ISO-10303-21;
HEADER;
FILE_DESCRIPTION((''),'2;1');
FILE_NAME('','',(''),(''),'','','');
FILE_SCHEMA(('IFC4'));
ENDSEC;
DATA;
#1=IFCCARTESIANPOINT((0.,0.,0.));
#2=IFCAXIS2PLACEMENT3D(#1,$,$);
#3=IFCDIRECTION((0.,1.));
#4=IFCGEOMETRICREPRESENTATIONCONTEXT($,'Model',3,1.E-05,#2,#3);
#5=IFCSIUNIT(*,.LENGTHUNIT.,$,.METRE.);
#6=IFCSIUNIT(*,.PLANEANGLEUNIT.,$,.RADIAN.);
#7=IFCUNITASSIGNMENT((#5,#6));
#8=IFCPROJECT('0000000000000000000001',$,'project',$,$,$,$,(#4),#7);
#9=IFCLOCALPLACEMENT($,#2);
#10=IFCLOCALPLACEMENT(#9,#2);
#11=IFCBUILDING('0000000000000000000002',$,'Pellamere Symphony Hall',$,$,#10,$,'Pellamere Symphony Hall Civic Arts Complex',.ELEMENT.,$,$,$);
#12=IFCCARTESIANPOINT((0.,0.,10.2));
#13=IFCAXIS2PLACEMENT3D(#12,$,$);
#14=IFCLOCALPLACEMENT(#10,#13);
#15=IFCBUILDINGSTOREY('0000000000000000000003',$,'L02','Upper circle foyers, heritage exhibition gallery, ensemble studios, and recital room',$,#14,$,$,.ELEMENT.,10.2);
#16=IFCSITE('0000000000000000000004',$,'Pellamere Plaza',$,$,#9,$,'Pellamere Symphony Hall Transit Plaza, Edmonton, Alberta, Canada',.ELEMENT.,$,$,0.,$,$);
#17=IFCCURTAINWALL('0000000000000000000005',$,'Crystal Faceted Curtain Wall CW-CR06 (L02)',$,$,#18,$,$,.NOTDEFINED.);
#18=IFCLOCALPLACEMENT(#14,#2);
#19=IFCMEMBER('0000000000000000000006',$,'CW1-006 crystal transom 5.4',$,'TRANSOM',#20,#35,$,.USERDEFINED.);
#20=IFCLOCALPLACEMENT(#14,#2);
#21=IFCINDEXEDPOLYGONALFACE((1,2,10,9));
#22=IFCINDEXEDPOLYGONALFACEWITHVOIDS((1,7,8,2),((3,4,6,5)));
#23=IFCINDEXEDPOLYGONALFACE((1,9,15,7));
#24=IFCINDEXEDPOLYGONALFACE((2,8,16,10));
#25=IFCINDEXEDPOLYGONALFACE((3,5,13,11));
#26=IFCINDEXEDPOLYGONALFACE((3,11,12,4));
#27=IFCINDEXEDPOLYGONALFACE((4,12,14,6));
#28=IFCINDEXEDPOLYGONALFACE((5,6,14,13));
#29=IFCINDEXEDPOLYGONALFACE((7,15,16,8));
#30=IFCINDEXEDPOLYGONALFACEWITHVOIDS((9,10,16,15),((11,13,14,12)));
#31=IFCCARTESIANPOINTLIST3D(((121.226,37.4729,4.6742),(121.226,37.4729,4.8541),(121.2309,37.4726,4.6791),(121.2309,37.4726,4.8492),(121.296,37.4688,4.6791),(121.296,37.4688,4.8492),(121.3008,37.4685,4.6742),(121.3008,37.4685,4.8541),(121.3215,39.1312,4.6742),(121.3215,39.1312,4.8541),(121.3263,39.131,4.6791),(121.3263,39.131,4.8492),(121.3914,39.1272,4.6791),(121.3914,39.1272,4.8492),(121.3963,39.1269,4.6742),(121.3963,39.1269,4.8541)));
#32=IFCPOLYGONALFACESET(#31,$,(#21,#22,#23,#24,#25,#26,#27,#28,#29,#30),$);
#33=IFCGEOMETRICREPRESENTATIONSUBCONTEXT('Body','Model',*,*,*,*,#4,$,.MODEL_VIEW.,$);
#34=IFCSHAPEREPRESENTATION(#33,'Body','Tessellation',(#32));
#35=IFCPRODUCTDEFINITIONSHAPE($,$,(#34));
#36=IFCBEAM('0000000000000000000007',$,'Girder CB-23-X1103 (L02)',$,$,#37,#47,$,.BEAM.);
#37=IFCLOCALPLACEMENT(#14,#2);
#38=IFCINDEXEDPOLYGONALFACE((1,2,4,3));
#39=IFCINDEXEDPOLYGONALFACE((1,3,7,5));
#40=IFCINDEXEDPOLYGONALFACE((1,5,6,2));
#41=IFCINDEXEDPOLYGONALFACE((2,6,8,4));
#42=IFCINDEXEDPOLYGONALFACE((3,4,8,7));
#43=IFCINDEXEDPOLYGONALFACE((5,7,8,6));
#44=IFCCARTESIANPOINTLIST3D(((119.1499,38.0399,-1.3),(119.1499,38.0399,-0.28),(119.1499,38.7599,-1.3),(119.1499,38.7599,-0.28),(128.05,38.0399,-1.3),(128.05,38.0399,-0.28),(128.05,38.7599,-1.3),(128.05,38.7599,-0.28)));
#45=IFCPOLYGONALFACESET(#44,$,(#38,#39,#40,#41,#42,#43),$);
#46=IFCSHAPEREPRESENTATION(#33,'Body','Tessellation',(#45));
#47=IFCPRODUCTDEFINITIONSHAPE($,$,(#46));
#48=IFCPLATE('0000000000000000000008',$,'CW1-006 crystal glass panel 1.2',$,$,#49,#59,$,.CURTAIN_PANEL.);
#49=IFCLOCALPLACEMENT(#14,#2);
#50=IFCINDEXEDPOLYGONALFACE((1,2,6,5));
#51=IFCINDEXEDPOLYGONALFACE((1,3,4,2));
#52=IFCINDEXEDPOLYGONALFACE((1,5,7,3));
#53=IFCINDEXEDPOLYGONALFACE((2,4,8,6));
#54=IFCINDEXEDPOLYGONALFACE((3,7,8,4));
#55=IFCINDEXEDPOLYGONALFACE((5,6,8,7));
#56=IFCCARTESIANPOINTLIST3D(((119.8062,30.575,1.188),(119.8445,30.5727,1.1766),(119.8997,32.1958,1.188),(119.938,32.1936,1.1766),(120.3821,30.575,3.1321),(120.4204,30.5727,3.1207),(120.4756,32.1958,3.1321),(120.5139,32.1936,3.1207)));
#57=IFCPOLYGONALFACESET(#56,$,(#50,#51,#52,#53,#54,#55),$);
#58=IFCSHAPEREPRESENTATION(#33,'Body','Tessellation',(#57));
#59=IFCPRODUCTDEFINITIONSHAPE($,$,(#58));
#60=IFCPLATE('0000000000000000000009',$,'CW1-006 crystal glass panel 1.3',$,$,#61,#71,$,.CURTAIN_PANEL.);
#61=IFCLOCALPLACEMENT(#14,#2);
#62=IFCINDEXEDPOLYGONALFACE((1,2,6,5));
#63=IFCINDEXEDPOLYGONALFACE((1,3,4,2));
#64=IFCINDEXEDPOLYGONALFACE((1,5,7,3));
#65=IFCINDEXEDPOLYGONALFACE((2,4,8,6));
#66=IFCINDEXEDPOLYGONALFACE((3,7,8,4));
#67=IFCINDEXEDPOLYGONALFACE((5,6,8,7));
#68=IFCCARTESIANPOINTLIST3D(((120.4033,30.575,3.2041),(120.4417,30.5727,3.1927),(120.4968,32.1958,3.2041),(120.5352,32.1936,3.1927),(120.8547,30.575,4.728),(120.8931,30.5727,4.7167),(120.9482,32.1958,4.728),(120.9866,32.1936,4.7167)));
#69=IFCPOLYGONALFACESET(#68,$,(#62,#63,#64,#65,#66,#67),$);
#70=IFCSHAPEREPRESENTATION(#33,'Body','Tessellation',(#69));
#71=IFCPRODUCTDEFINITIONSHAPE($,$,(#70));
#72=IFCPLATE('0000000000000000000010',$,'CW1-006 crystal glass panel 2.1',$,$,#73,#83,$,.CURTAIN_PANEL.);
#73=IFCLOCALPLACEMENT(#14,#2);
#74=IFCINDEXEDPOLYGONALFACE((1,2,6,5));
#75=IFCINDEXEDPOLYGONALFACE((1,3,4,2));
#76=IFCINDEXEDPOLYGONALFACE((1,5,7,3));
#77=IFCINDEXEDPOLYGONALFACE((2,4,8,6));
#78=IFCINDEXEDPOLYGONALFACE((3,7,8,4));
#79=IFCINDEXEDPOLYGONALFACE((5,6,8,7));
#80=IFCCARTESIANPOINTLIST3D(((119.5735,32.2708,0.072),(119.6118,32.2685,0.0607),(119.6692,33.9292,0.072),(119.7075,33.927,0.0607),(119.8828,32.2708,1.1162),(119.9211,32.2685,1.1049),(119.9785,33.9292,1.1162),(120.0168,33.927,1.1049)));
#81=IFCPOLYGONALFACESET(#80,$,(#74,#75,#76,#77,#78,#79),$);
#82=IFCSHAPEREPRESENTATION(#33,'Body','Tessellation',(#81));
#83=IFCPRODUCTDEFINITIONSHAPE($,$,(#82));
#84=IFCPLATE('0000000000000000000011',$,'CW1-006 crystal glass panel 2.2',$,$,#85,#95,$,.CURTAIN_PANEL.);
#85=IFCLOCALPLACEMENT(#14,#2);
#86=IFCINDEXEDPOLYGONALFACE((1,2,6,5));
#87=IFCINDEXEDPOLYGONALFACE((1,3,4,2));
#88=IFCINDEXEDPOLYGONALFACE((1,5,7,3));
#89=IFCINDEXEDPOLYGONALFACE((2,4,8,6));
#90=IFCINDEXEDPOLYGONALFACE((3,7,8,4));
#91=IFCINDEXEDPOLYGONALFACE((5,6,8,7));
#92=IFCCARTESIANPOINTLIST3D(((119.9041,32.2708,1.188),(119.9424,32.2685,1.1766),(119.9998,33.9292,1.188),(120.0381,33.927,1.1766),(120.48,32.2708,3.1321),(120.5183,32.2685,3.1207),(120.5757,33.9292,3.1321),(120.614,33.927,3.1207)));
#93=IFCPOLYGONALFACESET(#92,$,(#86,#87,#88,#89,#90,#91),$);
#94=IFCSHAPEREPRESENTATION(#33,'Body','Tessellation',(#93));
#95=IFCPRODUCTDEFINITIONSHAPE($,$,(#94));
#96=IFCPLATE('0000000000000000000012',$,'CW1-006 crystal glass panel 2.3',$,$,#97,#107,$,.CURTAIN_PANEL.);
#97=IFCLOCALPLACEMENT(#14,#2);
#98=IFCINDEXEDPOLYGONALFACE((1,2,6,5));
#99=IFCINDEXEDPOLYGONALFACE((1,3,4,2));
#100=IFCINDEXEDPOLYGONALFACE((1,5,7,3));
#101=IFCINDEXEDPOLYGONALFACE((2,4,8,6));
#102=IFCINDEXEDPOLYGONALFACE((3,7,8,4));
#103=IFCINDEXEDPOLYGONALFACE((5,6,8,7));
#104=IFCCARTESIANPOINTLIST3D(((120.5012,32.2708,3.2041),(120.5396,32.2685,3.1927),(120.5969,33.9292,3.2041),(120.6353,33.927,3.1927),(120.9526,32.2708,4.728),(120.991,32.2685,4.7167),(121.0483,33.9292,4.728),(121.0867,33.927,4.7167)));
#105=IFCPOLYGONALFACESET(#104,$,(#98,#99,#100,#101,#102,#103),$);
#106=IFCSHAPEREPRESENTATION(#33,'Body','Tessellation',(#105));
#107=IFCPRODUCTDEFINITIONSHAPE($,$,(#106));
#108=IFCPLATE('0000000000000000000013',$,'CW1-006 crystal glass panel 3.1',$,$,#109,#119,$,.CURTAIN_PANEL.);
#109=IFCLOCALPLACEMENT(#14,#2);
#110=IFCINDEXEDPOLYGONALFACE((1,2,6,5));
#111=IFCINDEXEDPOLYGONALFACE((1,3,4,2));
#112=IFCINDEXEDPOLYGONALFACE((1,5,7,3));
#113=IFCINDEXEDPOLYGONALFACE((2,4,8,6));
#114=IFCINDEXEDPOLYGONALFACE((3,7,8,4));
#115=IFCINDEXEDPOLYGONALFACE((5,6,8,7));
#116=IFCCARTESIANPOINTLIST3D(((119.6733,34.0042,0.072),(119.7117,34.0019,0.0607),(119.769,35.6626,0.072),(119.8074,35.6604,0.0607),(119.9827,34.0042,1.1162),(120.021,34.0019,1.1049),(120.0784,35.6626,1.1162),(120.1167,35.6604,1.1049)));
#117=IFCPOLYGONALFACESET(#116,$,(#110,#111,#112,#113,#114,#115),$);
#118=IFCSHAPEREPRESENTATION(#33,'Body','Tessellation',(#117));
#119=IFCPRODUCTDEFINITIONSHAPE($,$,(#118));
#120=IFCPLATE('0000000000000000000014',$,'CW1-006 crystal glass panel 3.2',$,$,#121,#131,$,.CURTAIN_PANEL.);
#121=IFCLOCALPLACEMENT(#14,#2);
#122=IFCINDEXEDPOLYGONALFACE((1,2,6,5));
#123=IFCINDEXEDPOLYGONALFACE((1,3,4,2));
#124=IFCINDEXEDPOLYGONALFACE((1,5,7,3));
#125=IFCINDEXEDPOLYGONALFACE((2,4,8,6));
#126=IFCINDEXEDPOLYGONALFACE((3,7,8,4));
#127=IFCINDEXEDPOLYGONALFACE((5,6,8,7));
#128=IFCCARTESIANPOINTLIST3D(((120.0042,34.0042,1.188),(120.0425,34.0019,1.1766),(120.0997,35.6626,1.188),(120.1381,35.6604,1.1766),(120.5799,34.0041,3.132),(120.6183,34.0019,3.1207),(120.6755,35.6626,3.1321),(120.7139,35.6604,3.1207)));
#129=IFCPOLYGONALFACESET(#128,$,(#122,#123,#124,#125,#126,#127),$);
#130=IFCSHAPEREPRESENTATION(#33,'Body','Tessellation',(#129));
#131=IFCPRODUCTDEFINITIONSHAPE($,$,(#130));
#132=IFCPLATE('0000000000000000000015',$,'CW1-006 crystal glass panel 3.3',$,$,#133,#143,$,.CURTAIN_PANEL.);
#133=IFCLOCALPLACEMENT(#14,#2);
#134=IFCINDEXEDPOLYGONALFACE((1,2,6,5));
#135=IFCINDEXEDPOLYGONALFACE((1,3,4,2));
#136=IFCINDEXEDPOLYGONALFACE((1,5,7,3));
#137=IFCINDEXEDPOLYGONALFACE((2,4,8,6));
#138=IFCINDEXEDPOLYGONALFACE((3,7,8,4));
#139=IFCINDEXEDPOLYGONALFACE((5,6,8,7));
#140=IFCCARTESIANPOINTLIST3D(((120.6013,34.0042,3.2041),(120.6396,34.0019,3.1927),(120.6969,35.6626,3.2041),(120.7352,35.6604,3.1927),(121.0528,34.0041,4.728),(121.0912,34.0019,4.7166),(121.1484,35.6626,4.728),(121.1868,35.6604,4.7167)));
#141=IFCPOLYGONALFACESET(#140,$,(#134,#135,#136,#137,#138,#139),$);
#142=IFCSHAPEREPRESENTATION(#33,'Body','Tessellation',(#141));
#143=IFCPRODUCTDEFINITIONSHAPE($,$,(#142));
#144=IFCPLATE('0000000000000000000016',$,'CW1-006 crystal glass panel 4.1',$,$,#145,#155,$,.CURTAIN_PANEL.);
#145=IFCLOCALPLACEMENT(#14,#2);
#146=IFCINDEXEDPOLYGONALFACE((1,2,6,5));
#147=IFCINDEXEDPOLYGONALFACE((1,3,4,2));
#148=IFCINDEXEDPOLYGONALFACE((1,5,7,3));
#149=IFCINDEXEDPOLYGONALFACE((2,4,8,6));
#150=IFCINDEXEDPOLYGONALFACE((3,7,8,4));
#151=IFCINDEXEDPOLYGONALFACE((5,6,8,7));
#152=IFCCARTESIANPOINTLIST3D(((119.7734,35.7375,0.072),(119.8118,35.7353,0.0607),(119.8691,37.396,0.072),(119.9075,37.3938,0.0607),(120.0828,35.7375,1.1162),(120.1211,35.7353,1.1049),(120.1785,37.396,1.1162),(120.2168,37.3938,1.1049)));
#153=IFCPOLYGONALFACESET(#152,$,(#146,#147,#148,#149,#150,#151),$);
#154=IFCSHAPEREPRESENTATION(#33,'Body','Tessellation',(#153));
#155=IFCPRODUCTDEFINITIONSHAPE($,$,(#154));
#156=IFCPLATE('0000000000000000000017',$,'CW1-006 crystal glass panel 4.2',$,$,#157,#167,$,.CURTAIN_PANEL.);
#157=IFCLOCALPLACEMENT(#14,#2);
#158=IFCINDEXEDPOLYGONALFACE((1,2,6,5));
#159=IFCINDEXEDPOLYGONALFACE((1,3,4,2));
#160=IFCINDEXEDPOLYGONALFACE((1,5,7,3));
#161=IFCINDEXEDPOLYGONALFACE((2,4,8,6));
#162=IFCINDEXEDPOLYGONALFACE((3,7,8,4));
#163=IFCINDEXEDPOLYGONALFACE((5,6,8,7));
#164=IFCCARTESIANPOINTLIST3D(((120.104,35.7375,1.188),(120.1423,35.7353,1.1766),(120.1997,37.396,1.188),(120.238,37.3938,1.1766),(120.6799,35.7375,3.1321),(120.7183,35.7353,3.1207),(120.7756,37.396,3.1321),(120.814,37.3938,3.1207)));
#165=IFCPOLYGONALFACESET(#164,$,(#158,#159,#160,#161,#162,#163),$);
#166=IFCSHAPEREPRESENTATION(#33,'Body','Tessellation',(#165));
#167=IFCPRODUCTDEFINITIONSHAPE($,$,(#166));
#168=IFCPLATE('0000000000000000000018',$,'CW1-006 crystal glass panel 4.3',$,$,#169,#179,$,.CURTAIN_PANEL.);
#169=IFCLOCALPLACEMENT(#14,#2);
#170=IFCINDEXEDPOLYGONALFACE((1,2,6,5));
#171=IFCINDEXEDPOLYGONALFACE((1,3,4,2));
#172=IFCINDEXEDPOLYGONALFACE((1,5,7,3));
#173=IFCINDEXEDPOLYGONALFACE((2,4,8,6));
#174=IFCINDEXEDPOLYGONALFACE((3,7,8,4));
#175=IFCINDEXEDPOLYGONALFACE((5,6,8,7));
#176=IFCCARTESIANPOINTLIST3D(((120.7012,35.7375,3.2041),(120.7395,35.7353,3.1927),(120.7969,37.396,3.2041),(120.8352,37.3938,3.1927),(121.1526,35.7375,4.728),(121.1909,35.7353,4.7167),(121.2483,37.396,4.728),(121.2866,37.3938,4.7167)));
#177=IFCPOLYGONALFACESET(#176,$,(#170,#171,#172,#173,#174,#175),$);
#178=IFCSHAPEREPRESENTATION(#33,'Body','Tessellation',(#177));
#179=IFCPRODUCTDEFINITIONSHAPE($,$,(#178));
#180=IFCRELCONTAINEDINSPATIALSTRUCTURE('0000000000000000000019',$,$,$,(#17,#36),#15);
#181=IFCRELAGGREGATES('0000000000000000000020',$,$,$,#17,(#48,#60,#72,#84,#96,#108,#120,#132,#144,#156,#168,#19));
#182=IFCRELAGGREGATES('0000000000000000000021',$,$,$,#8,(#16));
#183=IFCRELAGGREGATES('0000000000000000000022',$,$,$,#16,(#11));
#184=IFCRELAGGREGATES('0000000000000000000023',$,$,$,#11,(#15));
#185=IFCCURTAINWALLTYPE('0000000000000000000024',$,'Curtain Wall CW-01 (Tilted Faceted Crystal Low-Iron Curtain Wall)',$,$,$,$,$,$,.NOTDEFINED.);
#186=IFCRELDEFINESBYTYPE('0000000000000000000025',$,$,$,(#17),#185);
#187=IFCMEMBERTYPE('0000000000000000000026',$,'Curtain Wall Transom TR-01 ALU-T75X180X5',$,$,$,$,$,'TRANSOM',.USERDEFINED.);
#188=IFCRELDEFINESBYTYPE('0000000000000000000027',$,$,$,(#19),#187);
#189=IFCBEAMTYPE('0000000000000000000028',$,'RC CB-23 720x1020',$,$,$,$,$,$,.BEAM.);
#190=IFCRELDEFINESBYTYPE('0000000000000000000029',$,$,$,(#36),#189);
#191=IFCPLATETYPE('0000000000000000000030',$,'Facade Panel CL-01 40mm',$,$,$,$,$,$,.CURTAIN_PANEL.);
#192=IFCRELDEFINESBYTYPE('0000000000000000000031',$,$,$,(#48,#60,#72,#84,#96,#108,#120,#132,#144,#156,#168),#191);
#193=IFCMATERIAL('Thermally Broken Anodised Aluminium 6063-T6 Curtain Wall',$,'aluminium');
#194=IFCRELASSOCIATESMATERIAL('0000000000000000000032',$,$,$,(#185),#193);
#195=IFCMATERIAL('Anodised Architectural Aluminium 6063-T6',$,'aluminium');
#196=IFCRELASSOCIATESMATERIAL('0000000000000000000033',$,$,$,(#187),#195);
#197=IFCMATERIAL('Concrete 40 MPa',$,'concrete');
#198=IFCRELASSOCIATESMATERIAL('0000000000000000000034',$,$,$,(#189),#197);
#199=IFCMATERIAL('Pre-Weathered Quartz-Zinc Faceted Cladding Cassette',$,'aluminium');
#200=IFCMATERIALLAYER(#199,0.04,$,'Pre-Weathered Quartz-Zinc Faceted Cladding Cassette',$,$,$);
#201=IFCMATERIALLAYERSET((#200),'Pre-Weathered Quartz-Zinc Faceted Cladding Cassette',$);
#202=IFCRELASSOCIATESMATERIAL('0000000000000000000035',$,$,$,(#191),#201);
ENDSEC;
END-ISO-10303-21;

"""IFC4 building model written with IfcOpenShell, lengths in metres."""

from ifc_helpers import new_model, si_unit, direction, frame, origin, origin_2d, place, context, subcontext, project, spatial, polyline, rectangle, hollow_rectangle, outline, extrude, material, layer, layer_set, material_profile, profile_set, type_object, element, aggregate, save


model = new_model("IFC4")

# Units and contexts
model_context = context("Model", 3, precision=1e-05, world=origin(), true_north=direction((0.0, 1.0)))
body_context = subcontext(model_context, "Body", "Model", "MODEL_VIEW")
ifc_project = project(units=[si_unit("LENGTHUNIT", "METRE"), si_unit("PLANEANGLEUNIT", "RADIAN")], contexts=[model_context])

# Site, building, storey
site_placement = place(None, origin())
site = spatial("IfcSite", under=ifc_project, at=site_placement, Name="Pellamere Plaza", LongName="Pellamere Symphony Hall Transit Plaza, Edmonton, Alberta, Canada", CompositionType="ELEMENT", RefElevation=0.0)
building_placement = place(site_placement, origin())
building = spatial("IfcBuilding", under=site, at=building_placement, Name="Pellamere Symphony Hall", LongName="Pellamere Symphony Hall Civic Arts Complex", CompositionType="ELEMENT")
storey_placement = place(building_placement, frame((0.0, 0.0, 10.2)))
storey = spatial("IfcBuildingStorey", under=building, at=storey_placement, Name="L02", Description="Upper circle foyers, heritage exhibition gallery, ensemble studios, and recital room", CompositionType="ELEMENT", Elevation=10.2)

# Shared definitions
ifc_material_1 = material(Name="Concrete 40 MPa", Category="concrete")

# Curtain wall, member
ifc_material_2 = material(Name="Thermally Broken Anodised Aluminium 6063-T6 Curtain Wall", Category="aluminium")
curtain_wall_type = type_object("IfcCurtainWallType", Name="Curtain Wall CW-01 (Tilted Faceted Crystal Low-Iron Curtain Wall)", PredefinedType="NOTDEFINED", material=ifc_material_2)
curtain_wall_placement = place(storey_placement, origin())
curtain_wall = element("IfcCurtainWall", 1, at=curtain_wall_placement, inside=storey, type_object=curtain_wall_type, Name="Crystal Faceted Curtain Wall CW-CR06 (L02)", PredefinedType="NOTDEFINED")
ifc_material_3 = material(Name="Anodised Architectural Aluminium 6063-T6", Category="aluminium")
ifc_material_profile_1 = material_profile(ifc_material_3, hollow_rectangle(XDim=0.075, YDim=0.1799, WallThickness=0.0049, at=origin_2d()), Name="ALU-T75X180X5")
ifc_profile_set_1 = profile_set([ifc_material_profile_1], Name="Anodised Architectural Aluminium 6063-T6")
member_type_1 = type_object("IfcMemberType", Name="Curtain Wall Transom TR-01 ALU-T75X180X5", ElementType="TRANSOM", PredefinedType="USERDEFINED", material=ifc_profile_set_1)
member_1_placement = place(storey_placement, frame((121.2634, 37.4707, 4.7642), z_axis=(0.057464, 0.998348, 0.0), x_axis=(-0.998348, 0.057464, 0.0)))
member_1 = element("IfcMember", 2, at=member_1_placement, type_object=member_type_1, Name="CW1-006 crystal transom 5.4", ObjectType="TRANSOM", PredefinedType="USERDEFINED", context=body_context, shape_type="SweptSolid", body=[
    extrude(hollow_rectangle(XDim=0.075, YDim=0.1799, WallThickness=0.0049, at=origin_2d()), origin(), (0.0, 0.0, 1.0), 1.6611),
])

# Beam
ifc_material_profile_2 = material_profile(ifc_material_1, rectangle(XDim=0.72, YDim=1.02, at=origin_2d()), Name="RC 720x1020")
ifc_profile_set_2 = profile_set([ifc_material_profile_2], Name="Concrete 40 MPa")
beam_type = type_object("IfcBeamType", Name="RC CB-23 720x1020", PredefinedType="BEAM", material=ifc_profile_set_2)
beam_placement = place(storey_placement, frame((119.1499, 38.3999, -0.79), z_axis=(1.0, 0.0, 0.0), x_axis=(0.0, 1.0, 0.0)))
element("IfcBeam", 3, at=beam_placement, inside=storey, type_object=beam_type, Name="Girder CB-23-X1103 (L02)", PredefinedType="BEAM", context=body_context, shape_type="SweptSolid", body=[
    extrude(rectangle(XDim=0.72, YDim=1.02, at=origin_2d()), origin(), (0.0, 0.0, 1.0), 8.9001),
])

# Plates
ifc_material_4 = material(Name="Pre-Weathered Quartz-Zinc Faceted Cladding Cassette", Category="aluminium")
ifc_layer = layer(ifc_material_4, 0.04, Name="Pre-Weathered Quartz-Zinc Faceted Cladding Cassette")
ifc_layer_set = layer_set([ifc_layer], Name="Pre-Weathered Quartz-Zinc Faceted Cladding Cassette")
plate_type = type_object("IfcPlateType", Name="Facade Panel CL-01 40mm", PredefinedType="CURTAIN_PANEL", material=ifc_layer_set)
plate_1_placement = place(storey_placement, frame((119.8062, 30.575, 1.188), z_axis=(-0.957348, 0.055229, 0.28361), x_axis=(0.057594, 0.99834, 0.0)))
plate_1 = element("IfcPlate", 4, at=plate_1_placement, type_object=plate_type, Name="CW1-006 crystal glass panel 1.2", PredefinedType="CURTAIN_PANEL", context=body_context, shape_type="SweptSolid", body=[
    extrude(outline(polyline([(0.0, 0.0), (1.6235, 0.0), (1.6567, -2.0273), (0.0332, -2.0273), (0.0, 0.0)])), origin(), (0.0, 0.0, -1.0), 0.04),
])
plate_2_placement = place(storey_placement, frame((120.4033, 30.575, 3.2041), z_axis=(-0.957355, 0.055229, 0.283587), x_axis=(0.057594, 0.99834, 0.0)))
plate_2 = element("IfcPlate", 5, at=plate_2_placement, type_object=plate_type, Name="CW1-006 crystal glass panel 1.3", PredefinedType="CURTAIN_PANEL", context=body_context, shape_type="SweptSolid", body=[
    extrude(outline(polyline([(0.0, 0.0), (1.6235, 0.0), (1.6495, -1.5892), (0.026, -1.5892), (0.0, 0.0)])), origin(), (0.0, 0.0, -1.0), 0.04),
])
plate_3_placement = place(storey_placement, frame((119.5735, 32.2708, 0.072), z_axis=(-0.95735, 0.055245, 0.283601), x_axis=(0.057611, 0.998339, 0.0)))
plate_3 = element("IfcPlate", 6, at=plate_3_placement, type_object=plate_type, Name="CW1-006 crystal glass panel 2.1", PredefinedType="CURTAIN_PANEL", context=body_context, shape_type="SweptSolid", body=[
    extrude(outline(polyline([(0.0, 0.0), (1.6612, 0.0), (1.679, -1.0889), (0.0178, -1.0889), (0.0, 0.0)])), origin(), (0.0, 0.0, -1.0), 0.04),
])
plate_4_placement = place(storey_placement, frame((119.9041, 32.2708, 1.188), z_axis=(-0.957347, 0.055245, 0.283609), x_axis=(0.057611, 0.998339, 0.0)))
plate_4 = element("IfcPlate", 7, at=plate_4_placement, type_object=plate_type, Name="CW1-006 crystal glass panel 2.2", PredefinedType="CURTAIN_PANEL", context=body_context, shape_type="SweptSolid", body=[
    extrude(outline(polyline([(0.0, 0.0), (1.6612, 0.0), (1.6944, -2.0273), (0.0332, -2.0273), (0.0, 0.0)])), origin(), (0.0, 0.0, -1.0), 0.04),
])
plate_5_placement = place(storey_placement, frame((120.5012, 32.2708, 3.2041), z_axis=(-0.957354, 0.055246, 0.283587), x_axis=(0.057611, 0.998339, 0.0)))
plate_5 = element("IfcPlate", 8, at=plate_5_placement, type_object=plate_type, Name="CW1-006 crystal glass panel 2.3", PredefinedType="CURTAIN_PANEL", context=body_context, shape_type="SweptSolid", body=[
    extrude(outline(polyline([(0.0, 0.0), (1.6612, 0.0), (1.6872, -1.5892), (0.026, -1.5892), (0.0, 0.0)])), origin(), (0.0, 0.0, -1.0), 0.04),
])
plate_6_placement = place(storey_placement, frame((119.6733, 34.0042, 0.072), z_axis=(-0.95735, 0.055245, 0.283601), x_axis=(0.057611, 0.998339, 0.0)))
plate_6 = element("IfcPlate", 9, at=plate_6_placement, type_object=plate_type, Name="CW1-006 crystal glass panel 3.1", PredefinedType="CURTAIN_PANEL", context=body_context, shape_type="SweptSolid", body=[
    extrude(outline(polyline([(0.0, 0.0), (1.6612, 0.0), (1.679, -1.0889), (0.0178, -1.0889), (0.0, 0.0)])), origin(), (0.0, 0.0, -1.0), 0.04),
])
plate_7_placement = place(storey_placement, frame((120.0042, 34.0042, 1.188), z_axis=(-0.957367, 0.055176, 0.283555), x_axis=(0.057531, 0.998344, -0.00002)))
plate_7 = element("IfcPlate", 10, at=plate_7_placement, type_object=plate_type, Name="CW1-006 crystal glass panel 3.2", PredefinedType="CURTAIN_PANEL", context=body_context, shape_type="SweptSolid", body=[
    extrude(outline(polyline([(0.0, 0.0), (1.6612, 0.0), (1.6943, -2.0273), (0.0331, -2.0273), (0.0, 0.0)])), origin(), (0.0, 0.0, -1.0), 0.04),
])
plate_8_placement = place(storey_placement, frame((120.6013, 34.0042, 3.2041), z_axis=(-0.957337, 0.055174, 0.283658), x_axis=(0.057531, 0.998344, -0.00002)))
plate_8 = element("IfcPlate", 11, at=plate_8_placement, type_object=plate_type, Name="CW1-006 crystal glass panel 3.3", PredefinedType="CURTAIN_PANEL", context=body_context, shape_type="SweptSolid", body=[
    extrude(outline(polyline([(0.0, 0.0), (1.6612, 0.0), (1.6871, -1.5892), (0.0259, -1.5892), (0.0, 0.0)])), origin(), (0.0, 0.0, -1.0), 0.04),
])
plate_9_placement = place(storey_placement, frame((119.7734, 35.7375, 0.072), z_axis=(-0.95735, 0.055245, 0.283601), x_axis=(0.057611, 0.998339, 0.0)))
plate_9 = element("IfcPlate", 12, at=plate_9_placement, type_object=plate_type, Name="CW1-006 crystal glass panel 4.1", PredefinedType="CURTAIN_PANEL", context=body_context, shape_type="SweptSolid", body=[
    extrude(outline(polyline([(0.0, 0.0), (1.6612, 0.0), (1.679, -1.0889), (0.0178, -1.0889), (0.0, 0.0)])), origin(), (0.0, 0.0, -1.0), 0.04),
])
plate_10_placement = place(storey_placement, frame((120.104, 35.7375, 1.188), z_axis=(-0.957347, 0.055245, 0.283609), x_axis=(0.057611, 0.998339, 0.0)))
plate_10 = element("IfcPlate", 13, at=plate_10_placement, type_object=plate_type, Name="CW1-006 crystal glass panel 4.2", PredefinedType="CURTAIN_PANEL", context=body_context, shape_type="SweptSolid", body=[
    extrude(outline(polyline([(0.0, 0.0), (1.6612, 0.0), (1.6944, -2.0273), (0.0332, -2.0273), (0.0, 0.0)])), origin(), (0.0, 0.0, -1.0), 0.04),
])
plate_11_placement = place(storey_placement, frame((120.7012, 35.7375, 3.2041), z_axis=(-0.957354, 0.055246, 0.283587), x_axis=(0.057611, 0.998339, 0.0)))
plate_11 = element("IfcPlate", 14, at=plate_11_placement, type_object=plate_type, Name="CW1-006 crystal glass panel 4.3", PredefinedType="CURTAIN_PANEL", context=body_context, shape_type="SweptSolid", body=[
    extrude(outline(polyline([(0.0, 0.0), (1.6612, 0.0), (1.6872, -1.5892), (0.026, -1.5892), (0.0, 0.0)])), origin(), (0.0, 0.0, -1.0), 0.04),
])
aggregate(curtain_wall, [plate_1, plate_2, plate_3, plate_4, plate_5, plate_6, plate_7, plate_8, plate_9, plate_10, plate_11, member_1])

save(model, "model.ifc")
